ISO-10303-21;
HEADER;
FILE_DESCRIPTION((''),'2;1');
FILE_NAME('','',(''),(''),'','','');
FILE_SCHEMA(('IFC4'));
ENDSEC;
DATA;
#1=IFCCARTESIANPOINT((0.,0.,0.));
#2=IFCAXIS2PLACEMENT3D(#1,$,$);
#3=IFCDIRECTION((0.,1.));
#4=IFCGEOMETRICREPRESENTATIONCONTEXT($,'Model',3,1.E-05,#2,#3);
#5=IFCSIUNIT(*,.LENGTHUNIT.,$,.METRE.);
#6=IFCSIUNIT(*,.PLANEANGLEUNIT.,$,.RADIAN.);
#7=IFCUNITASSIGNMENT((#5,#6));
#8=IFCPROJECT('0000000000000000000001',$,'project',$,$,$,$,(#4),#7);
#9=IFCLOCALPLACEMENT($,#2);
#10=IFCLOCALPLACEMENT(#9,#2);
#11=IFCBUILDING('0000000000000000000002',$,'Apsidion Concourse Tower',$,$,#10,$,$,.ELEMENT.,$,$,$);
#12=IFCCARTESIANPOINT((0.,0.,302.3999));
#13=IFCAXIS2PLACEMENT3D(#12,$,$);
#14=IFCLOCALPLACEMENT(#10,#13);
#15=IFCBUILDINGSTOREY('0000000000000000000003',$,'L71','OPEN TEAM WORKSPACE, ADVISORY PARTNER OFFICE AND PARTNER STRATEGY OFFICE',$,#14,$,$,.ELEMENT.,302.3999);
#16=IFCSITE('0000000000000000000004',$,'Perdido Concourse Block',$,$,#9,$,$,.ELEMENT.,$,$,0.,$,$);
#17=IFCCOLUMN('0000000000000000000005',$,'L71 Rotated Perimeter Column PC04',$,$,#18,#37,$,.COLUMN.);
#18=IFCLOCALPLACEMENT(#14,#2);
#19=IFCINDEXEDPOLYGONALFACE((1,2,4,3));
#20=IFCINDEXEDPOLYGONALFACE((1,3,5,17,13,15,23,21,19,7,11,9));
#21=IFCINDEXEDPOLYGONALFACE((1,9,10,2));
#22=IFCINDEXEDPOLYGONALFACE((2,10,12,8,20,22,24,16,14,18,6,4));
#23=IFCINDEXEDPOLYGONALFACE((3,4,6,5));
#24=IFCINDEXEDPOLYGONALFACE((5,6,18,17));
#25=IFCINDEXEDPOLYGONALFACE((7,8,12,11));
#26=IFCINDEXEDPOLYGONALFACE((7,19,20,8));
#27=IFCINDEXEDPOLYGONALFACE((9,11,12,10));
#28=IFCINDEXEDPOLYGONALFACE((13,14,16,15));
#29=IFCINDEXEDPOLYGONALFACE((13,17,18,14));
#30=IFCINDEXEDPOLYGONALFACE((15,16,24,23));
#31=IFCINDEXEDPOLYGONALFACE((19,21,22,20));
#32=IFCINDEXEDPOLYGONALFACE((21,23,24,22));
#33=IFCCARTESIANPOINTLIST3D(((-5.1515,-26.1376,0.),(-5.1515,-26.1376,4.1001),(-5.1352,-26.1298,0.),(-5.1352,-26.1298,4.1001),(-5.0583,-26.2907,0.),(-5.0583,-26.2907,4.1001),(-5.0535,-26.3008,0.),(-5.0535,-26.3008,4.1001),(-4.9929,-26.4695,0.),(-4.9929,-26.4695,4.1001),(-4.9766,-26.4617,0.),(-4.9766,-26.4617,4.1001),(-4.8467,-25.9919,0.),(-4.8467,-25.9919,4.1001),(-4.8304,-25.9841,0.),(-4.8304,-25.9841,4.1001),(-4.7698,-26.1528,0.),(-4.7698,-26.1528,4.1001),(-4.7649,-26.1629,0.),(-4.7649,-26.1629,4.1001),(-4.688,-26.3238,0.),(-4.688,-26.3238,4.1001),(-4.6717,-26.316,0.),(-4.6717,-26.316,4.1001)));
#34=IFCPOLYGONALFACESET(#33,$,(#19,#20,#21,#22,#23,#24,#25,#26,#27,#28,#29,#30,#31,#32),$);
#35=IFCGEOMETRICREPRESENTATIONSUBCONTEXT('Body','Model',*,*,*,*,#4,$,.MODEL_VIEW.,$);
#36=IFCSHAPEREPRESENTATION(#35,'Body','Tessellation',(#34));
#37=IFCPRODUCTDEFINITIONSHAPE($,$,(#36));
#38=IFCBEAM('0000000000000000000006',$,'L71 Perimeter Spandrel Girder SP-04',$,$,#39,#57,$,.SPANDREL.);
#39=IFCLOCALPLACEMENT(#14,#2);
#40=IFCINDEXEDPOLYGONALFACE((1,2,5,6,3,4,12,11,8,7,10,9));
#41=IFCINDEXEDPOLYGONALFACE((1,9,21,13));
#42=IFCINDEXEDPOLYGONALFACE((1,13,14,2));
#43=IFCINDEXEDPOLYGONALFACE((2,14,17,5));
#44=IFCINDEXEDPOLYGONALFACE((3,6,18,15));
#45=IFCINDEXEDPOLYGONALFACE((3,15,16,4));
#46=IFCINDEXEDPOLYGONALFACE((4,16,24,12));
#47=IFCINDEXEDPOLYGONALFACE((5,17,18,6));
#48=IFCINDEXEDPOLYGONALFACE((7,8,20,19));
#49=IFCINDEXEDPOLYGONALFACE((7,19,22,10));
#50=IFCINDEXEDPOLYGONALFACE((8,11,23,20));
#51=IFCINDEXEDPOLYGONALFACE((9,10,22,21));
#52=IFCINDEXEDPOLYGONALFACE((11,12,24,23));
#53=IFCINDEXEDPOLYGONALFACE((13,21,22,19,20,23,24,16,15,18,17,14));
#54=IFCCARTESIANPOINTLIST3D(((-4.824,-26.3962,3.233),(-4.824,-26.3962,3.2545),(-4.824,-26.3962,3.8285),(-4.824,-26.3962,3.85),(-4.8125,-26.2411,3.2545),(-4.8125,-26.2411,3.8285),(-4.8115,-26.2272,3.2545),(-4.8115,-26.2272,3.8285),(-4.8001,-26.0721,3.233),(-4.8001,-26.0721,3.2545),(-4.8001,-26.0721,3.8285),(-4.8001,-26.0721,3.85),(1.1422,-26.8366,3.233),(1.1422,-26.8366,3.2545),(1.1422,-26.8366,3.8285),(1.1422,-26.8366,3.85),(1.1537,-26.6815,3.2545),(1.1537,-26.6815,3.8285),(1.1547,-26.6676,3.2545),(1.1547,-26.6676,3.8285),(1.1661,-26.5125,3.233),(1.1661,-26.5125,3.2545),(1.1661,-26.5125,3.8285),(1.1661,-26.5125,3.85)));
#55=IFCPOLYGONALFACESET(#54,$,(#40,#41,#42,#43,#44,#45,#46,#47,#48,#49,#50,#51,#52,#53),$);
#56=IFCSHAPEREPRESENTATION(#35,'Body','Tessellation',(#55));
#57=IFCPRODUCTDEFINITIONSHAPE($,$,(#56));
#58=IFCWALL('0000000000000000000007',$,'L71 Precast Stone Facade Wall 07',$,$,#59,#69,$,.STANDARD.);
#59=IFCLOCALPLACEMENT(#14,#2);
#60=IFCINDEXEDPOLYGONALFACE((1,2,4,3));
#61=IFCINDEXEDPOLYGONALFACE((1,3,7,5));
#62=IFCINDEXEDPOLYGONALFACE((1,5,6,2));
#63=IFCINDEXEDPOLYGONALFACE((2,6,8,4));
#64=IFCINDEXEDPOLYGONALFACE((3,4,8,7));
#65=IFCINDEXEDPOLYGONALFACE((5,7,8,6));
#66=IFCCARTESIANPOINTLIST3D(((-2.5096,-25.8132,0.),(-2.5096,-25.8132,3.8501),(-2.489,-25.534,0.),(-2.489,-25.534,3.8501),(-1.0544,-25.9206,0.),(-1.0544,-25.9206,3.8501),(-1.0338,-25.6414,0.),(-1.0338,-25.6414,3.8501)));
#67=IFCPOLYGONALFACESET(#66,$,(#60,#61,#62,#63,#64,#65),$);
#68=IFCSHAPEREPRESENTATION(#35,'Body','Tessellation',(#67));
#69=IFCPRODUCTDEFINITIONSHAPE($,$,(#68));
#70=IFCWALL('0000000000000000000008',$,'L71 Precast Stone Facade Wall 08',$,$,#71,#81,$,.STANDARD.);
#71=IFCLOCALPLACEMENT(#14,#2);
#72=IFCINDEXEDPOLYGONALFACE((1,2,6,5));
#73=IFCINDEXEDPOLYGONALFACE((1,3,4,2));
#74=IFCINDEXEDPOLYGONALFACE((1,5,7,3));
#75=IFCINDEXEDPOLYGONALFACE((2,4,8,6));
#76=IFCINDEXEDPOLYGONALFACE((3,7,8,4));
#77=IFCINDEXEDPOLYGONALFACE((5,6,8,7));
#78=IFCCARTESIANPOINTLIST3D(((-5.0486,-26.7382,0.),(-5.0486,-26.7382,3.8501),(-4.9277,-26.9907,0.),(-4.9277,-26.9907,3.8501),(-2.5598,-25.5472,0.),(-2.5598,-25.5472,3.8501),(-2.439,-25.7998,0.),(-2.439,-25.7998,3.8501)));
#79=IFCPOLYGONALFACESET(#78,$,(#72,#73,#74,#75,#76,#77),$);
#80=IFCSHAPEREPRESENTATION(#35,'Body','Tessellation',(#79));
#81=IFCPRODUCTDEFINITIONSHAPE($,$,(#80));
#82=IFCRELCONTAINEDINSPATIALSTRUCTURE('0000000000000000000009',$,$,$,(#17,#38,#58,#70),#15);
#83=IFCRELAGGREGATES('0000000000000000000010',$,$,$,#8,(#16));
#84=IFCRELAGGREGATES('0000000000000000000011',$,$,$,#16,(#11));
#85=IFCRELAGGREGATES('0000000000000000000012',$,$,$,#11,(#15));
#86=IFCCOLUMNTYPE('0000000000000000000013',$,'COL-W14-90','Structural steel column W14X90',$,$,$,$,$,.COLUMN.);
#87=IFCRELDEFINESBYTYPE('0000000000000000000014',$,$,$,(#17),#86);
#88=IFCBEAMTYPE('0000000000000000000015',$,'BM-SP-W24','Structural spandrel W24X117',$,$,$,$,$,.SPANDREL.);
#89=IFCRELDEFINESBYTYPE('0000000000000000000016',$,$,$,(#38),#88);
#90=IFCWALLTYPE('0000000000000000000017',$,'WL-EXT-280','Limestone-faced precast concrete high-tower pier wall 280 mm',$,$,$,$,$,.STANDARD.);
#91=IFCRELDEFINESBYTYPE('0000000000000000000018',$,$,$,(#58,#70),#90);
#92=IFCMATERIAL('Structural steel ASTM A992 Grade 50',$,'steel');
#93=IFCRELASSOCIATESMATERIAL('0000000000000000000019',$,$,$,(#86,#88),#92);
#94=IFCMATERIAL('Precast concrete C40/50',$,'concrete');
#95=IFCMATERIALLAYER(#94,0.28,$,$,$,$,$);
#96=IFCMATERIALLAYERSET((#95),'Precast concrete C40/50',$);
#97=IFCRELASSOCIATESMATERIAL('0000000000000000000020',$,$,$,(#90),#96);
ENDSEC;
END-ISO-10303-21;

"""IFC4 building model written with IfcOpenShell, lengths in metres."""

from ifc_helpers import new_model, si_unit, direction, frame, frame_2d, origin, origin_2d, place, context, subcontext, project, spatial, rectangle, i_section, extrude, material, layer, layer_set, material_profile, profile_set, type_object, element, save


model = new_model("IFC4")

# Units and contexts
model_context = context("Model", 3, precision=1e-05, world=origin(), true_north=direction((0.0, 1.0)))
body_context = subcontext(model_context, "Body", "Model", "MODEL_VIEW")
ifc_project = project(units=[si_unit("LENGTHUNIT", "METRE"), si_unit("PLANEANGLEUNIT", "RADIAN")], contexts=[model_context])

# Site, building, storey
site_placement = place(None, origin())
site = spatial("IfcSite", under=ifc_project, at=site_placement, Name="Perdido Concourse Block", CompositionType="ELEMENT", RefElevation=0.0)
building_placement = place(site_placement, origin())
building = spatial("IfcBuilding", under=site, at=building_placement, Name="Apsidion Concourse Tower", CompositionType="ELEMENT")
storey_placement = place(building_placement, frame((0.0, 0.0, 302.3999)))
storey = spatial("IfcBuildingStorey", under=building, at=storey_placement, Name="L71", Description="OPEN TEAM WORKSPACE, ADVISORY PARTNER OFFICE AND PARTNER STRATEGY OFFICE", CompositionType="ELEMENT", Elevation=302.3999)

# Column
ifc_material_1 = material(Name="Structural steel ASTM A992 Grade 50", Category="steel")
ifc_material_profile_1 = material_profile(ifc_material_1, i_section(OverallWidth=0.3679, OverallDepth=0.356, WebThickness=0.0112, FlangeThickness=0.0181, at=origin_2d()), Name="W14X90")
ifc_profile_set_1 = profile_set([ifc_material_profile_1], Name="Structural steel ASTM A992 Grade 50")
column_type = type_object("IfcColumnType", Name="COL-W14-90", Description="Structural steel column W14X90", PredefinedType="COLUMN", material=ifc_profile_set_1)
column_placement = place(storey_placement, frame((-4.9116, -26.2268, 0.0), z_axis=(0.0, 0.0, 1.0), x_axis=(-0.431299, 0.902209, 0.0)))
element("IfcColumn", 1, at=column_placement, inside=storey, type_object=column_type, Name="L71 Rotated Perimeter Column PC04", PredefinedType="COLUMN", context=body_context, shape_type="SweptSolid", body=[
    extrude(i_section(OverallWidth=0.3679, OverallDepth=0.356, WebThickness=0.0112, FlangeThickness=0.0181, at=origin_2d()), origin(), (0.0, 0.0, 1.0), 4.1001),
])

# Beam
ifc_material_profile_2 = material_profile(ifc_material_1, i_section(OverallWidth=0.325, OverallDepth=0.6169, WebThickness=0.0139, FlangeThickness=0.0215, at=origin_2d()), Name="W24X117")
ifc_profile_set_2 = profile_set([ifc_material_profile_2], Name="Structural steel ASTM A992 Grade 50")
beam_type = type_object("IfcBeamType", Name="BM-SP-W24", Description="Structural spandrel W24X117", PredefinedType="SPANDREL", material=ifc_profile_set_2)
beam_placement = place(storey_placement, frame((-4.812, -26.2341, 3.5415), z_axis=(0.997286, -0.073619, 0.0), x_axis=(0.073619, 0.997286, 0.0)))
element("IfcBeam", 2, at=beam_placement, inside=storey, type_object=beam_type, Name="L71 Perimeter Spandrel Girder SP-04", PredefinedType="SPANDREL", context=body_context, shape_type="SweptSolid", body=[
    extrude(i_section(OverallWidth=0.325, OverallDepth=0.6169, WebThickness=0.0139, FlangeThickness=0.0215, at=origin_2d()), origin(), (0.0, 0.0, 1.0), 5.9824),
])

# Walls
ifc_material_2 = material(Name="Precast concrete C40/50", Category="concrete")
ifc_layer_1 = layer(ifc_material_2, 0.28)
ifc_layer_set_1 = layer_set([ifc_layer_1], Name="Precast concrete C40/50")
wall_type_1 = type_object("IfcWallType", Name="WL-EXT-280", Description="Limestone-faced precast concrete high-tower pier wall 280 mm", PredefinedType="STANDARD", material=ifc_layer_set_1)
wall_1_placement = place(storey_placement, frame((-1.0442, -25.781, 0.0), z_axis=(0.0, 0.0, 1.0), x_axis=(-0.997287, 0.073613, 0.0)))
element("IfcWall", 3, at=wall_1_placement, inside=storey, type_object=wall_type_1, Name="L71 Precast Stone Facade Wall 07", PredefinedType="STANDARD", context=body_context, shape_type="SweptSolid", body=[
    extrude(rectangle(XDim=1.4592, YDim=0.28, at=frame_2d((0.7295, 0.0))), origin(), (0.0, 0.0, 1.0), 3.8501),
])
wall_2_placement = place(storey_placement, frame((-2.4995, -25.6736, 0.0), z_axis=(0.0, 0.0, 1.0), x_axis=(-0.902044, -0.431643, 0.0)))
element("IfcWall", 4, at=wall_2_placement, inside=storey, type_object=wall_type_1, Name="L71 Precast Stone Facade Wall 08", PredefinedType="STANDARD", context=body_context, shape_type="SweptSolid", body=[
    extrude(rectangle(XDim=2.759, YDim=0.28, at=frame_2d((1.3794, 0.0))), origin(), (0.0, 0.0, 1.0), 3.8501),
])

save(model, "model.ifc")
